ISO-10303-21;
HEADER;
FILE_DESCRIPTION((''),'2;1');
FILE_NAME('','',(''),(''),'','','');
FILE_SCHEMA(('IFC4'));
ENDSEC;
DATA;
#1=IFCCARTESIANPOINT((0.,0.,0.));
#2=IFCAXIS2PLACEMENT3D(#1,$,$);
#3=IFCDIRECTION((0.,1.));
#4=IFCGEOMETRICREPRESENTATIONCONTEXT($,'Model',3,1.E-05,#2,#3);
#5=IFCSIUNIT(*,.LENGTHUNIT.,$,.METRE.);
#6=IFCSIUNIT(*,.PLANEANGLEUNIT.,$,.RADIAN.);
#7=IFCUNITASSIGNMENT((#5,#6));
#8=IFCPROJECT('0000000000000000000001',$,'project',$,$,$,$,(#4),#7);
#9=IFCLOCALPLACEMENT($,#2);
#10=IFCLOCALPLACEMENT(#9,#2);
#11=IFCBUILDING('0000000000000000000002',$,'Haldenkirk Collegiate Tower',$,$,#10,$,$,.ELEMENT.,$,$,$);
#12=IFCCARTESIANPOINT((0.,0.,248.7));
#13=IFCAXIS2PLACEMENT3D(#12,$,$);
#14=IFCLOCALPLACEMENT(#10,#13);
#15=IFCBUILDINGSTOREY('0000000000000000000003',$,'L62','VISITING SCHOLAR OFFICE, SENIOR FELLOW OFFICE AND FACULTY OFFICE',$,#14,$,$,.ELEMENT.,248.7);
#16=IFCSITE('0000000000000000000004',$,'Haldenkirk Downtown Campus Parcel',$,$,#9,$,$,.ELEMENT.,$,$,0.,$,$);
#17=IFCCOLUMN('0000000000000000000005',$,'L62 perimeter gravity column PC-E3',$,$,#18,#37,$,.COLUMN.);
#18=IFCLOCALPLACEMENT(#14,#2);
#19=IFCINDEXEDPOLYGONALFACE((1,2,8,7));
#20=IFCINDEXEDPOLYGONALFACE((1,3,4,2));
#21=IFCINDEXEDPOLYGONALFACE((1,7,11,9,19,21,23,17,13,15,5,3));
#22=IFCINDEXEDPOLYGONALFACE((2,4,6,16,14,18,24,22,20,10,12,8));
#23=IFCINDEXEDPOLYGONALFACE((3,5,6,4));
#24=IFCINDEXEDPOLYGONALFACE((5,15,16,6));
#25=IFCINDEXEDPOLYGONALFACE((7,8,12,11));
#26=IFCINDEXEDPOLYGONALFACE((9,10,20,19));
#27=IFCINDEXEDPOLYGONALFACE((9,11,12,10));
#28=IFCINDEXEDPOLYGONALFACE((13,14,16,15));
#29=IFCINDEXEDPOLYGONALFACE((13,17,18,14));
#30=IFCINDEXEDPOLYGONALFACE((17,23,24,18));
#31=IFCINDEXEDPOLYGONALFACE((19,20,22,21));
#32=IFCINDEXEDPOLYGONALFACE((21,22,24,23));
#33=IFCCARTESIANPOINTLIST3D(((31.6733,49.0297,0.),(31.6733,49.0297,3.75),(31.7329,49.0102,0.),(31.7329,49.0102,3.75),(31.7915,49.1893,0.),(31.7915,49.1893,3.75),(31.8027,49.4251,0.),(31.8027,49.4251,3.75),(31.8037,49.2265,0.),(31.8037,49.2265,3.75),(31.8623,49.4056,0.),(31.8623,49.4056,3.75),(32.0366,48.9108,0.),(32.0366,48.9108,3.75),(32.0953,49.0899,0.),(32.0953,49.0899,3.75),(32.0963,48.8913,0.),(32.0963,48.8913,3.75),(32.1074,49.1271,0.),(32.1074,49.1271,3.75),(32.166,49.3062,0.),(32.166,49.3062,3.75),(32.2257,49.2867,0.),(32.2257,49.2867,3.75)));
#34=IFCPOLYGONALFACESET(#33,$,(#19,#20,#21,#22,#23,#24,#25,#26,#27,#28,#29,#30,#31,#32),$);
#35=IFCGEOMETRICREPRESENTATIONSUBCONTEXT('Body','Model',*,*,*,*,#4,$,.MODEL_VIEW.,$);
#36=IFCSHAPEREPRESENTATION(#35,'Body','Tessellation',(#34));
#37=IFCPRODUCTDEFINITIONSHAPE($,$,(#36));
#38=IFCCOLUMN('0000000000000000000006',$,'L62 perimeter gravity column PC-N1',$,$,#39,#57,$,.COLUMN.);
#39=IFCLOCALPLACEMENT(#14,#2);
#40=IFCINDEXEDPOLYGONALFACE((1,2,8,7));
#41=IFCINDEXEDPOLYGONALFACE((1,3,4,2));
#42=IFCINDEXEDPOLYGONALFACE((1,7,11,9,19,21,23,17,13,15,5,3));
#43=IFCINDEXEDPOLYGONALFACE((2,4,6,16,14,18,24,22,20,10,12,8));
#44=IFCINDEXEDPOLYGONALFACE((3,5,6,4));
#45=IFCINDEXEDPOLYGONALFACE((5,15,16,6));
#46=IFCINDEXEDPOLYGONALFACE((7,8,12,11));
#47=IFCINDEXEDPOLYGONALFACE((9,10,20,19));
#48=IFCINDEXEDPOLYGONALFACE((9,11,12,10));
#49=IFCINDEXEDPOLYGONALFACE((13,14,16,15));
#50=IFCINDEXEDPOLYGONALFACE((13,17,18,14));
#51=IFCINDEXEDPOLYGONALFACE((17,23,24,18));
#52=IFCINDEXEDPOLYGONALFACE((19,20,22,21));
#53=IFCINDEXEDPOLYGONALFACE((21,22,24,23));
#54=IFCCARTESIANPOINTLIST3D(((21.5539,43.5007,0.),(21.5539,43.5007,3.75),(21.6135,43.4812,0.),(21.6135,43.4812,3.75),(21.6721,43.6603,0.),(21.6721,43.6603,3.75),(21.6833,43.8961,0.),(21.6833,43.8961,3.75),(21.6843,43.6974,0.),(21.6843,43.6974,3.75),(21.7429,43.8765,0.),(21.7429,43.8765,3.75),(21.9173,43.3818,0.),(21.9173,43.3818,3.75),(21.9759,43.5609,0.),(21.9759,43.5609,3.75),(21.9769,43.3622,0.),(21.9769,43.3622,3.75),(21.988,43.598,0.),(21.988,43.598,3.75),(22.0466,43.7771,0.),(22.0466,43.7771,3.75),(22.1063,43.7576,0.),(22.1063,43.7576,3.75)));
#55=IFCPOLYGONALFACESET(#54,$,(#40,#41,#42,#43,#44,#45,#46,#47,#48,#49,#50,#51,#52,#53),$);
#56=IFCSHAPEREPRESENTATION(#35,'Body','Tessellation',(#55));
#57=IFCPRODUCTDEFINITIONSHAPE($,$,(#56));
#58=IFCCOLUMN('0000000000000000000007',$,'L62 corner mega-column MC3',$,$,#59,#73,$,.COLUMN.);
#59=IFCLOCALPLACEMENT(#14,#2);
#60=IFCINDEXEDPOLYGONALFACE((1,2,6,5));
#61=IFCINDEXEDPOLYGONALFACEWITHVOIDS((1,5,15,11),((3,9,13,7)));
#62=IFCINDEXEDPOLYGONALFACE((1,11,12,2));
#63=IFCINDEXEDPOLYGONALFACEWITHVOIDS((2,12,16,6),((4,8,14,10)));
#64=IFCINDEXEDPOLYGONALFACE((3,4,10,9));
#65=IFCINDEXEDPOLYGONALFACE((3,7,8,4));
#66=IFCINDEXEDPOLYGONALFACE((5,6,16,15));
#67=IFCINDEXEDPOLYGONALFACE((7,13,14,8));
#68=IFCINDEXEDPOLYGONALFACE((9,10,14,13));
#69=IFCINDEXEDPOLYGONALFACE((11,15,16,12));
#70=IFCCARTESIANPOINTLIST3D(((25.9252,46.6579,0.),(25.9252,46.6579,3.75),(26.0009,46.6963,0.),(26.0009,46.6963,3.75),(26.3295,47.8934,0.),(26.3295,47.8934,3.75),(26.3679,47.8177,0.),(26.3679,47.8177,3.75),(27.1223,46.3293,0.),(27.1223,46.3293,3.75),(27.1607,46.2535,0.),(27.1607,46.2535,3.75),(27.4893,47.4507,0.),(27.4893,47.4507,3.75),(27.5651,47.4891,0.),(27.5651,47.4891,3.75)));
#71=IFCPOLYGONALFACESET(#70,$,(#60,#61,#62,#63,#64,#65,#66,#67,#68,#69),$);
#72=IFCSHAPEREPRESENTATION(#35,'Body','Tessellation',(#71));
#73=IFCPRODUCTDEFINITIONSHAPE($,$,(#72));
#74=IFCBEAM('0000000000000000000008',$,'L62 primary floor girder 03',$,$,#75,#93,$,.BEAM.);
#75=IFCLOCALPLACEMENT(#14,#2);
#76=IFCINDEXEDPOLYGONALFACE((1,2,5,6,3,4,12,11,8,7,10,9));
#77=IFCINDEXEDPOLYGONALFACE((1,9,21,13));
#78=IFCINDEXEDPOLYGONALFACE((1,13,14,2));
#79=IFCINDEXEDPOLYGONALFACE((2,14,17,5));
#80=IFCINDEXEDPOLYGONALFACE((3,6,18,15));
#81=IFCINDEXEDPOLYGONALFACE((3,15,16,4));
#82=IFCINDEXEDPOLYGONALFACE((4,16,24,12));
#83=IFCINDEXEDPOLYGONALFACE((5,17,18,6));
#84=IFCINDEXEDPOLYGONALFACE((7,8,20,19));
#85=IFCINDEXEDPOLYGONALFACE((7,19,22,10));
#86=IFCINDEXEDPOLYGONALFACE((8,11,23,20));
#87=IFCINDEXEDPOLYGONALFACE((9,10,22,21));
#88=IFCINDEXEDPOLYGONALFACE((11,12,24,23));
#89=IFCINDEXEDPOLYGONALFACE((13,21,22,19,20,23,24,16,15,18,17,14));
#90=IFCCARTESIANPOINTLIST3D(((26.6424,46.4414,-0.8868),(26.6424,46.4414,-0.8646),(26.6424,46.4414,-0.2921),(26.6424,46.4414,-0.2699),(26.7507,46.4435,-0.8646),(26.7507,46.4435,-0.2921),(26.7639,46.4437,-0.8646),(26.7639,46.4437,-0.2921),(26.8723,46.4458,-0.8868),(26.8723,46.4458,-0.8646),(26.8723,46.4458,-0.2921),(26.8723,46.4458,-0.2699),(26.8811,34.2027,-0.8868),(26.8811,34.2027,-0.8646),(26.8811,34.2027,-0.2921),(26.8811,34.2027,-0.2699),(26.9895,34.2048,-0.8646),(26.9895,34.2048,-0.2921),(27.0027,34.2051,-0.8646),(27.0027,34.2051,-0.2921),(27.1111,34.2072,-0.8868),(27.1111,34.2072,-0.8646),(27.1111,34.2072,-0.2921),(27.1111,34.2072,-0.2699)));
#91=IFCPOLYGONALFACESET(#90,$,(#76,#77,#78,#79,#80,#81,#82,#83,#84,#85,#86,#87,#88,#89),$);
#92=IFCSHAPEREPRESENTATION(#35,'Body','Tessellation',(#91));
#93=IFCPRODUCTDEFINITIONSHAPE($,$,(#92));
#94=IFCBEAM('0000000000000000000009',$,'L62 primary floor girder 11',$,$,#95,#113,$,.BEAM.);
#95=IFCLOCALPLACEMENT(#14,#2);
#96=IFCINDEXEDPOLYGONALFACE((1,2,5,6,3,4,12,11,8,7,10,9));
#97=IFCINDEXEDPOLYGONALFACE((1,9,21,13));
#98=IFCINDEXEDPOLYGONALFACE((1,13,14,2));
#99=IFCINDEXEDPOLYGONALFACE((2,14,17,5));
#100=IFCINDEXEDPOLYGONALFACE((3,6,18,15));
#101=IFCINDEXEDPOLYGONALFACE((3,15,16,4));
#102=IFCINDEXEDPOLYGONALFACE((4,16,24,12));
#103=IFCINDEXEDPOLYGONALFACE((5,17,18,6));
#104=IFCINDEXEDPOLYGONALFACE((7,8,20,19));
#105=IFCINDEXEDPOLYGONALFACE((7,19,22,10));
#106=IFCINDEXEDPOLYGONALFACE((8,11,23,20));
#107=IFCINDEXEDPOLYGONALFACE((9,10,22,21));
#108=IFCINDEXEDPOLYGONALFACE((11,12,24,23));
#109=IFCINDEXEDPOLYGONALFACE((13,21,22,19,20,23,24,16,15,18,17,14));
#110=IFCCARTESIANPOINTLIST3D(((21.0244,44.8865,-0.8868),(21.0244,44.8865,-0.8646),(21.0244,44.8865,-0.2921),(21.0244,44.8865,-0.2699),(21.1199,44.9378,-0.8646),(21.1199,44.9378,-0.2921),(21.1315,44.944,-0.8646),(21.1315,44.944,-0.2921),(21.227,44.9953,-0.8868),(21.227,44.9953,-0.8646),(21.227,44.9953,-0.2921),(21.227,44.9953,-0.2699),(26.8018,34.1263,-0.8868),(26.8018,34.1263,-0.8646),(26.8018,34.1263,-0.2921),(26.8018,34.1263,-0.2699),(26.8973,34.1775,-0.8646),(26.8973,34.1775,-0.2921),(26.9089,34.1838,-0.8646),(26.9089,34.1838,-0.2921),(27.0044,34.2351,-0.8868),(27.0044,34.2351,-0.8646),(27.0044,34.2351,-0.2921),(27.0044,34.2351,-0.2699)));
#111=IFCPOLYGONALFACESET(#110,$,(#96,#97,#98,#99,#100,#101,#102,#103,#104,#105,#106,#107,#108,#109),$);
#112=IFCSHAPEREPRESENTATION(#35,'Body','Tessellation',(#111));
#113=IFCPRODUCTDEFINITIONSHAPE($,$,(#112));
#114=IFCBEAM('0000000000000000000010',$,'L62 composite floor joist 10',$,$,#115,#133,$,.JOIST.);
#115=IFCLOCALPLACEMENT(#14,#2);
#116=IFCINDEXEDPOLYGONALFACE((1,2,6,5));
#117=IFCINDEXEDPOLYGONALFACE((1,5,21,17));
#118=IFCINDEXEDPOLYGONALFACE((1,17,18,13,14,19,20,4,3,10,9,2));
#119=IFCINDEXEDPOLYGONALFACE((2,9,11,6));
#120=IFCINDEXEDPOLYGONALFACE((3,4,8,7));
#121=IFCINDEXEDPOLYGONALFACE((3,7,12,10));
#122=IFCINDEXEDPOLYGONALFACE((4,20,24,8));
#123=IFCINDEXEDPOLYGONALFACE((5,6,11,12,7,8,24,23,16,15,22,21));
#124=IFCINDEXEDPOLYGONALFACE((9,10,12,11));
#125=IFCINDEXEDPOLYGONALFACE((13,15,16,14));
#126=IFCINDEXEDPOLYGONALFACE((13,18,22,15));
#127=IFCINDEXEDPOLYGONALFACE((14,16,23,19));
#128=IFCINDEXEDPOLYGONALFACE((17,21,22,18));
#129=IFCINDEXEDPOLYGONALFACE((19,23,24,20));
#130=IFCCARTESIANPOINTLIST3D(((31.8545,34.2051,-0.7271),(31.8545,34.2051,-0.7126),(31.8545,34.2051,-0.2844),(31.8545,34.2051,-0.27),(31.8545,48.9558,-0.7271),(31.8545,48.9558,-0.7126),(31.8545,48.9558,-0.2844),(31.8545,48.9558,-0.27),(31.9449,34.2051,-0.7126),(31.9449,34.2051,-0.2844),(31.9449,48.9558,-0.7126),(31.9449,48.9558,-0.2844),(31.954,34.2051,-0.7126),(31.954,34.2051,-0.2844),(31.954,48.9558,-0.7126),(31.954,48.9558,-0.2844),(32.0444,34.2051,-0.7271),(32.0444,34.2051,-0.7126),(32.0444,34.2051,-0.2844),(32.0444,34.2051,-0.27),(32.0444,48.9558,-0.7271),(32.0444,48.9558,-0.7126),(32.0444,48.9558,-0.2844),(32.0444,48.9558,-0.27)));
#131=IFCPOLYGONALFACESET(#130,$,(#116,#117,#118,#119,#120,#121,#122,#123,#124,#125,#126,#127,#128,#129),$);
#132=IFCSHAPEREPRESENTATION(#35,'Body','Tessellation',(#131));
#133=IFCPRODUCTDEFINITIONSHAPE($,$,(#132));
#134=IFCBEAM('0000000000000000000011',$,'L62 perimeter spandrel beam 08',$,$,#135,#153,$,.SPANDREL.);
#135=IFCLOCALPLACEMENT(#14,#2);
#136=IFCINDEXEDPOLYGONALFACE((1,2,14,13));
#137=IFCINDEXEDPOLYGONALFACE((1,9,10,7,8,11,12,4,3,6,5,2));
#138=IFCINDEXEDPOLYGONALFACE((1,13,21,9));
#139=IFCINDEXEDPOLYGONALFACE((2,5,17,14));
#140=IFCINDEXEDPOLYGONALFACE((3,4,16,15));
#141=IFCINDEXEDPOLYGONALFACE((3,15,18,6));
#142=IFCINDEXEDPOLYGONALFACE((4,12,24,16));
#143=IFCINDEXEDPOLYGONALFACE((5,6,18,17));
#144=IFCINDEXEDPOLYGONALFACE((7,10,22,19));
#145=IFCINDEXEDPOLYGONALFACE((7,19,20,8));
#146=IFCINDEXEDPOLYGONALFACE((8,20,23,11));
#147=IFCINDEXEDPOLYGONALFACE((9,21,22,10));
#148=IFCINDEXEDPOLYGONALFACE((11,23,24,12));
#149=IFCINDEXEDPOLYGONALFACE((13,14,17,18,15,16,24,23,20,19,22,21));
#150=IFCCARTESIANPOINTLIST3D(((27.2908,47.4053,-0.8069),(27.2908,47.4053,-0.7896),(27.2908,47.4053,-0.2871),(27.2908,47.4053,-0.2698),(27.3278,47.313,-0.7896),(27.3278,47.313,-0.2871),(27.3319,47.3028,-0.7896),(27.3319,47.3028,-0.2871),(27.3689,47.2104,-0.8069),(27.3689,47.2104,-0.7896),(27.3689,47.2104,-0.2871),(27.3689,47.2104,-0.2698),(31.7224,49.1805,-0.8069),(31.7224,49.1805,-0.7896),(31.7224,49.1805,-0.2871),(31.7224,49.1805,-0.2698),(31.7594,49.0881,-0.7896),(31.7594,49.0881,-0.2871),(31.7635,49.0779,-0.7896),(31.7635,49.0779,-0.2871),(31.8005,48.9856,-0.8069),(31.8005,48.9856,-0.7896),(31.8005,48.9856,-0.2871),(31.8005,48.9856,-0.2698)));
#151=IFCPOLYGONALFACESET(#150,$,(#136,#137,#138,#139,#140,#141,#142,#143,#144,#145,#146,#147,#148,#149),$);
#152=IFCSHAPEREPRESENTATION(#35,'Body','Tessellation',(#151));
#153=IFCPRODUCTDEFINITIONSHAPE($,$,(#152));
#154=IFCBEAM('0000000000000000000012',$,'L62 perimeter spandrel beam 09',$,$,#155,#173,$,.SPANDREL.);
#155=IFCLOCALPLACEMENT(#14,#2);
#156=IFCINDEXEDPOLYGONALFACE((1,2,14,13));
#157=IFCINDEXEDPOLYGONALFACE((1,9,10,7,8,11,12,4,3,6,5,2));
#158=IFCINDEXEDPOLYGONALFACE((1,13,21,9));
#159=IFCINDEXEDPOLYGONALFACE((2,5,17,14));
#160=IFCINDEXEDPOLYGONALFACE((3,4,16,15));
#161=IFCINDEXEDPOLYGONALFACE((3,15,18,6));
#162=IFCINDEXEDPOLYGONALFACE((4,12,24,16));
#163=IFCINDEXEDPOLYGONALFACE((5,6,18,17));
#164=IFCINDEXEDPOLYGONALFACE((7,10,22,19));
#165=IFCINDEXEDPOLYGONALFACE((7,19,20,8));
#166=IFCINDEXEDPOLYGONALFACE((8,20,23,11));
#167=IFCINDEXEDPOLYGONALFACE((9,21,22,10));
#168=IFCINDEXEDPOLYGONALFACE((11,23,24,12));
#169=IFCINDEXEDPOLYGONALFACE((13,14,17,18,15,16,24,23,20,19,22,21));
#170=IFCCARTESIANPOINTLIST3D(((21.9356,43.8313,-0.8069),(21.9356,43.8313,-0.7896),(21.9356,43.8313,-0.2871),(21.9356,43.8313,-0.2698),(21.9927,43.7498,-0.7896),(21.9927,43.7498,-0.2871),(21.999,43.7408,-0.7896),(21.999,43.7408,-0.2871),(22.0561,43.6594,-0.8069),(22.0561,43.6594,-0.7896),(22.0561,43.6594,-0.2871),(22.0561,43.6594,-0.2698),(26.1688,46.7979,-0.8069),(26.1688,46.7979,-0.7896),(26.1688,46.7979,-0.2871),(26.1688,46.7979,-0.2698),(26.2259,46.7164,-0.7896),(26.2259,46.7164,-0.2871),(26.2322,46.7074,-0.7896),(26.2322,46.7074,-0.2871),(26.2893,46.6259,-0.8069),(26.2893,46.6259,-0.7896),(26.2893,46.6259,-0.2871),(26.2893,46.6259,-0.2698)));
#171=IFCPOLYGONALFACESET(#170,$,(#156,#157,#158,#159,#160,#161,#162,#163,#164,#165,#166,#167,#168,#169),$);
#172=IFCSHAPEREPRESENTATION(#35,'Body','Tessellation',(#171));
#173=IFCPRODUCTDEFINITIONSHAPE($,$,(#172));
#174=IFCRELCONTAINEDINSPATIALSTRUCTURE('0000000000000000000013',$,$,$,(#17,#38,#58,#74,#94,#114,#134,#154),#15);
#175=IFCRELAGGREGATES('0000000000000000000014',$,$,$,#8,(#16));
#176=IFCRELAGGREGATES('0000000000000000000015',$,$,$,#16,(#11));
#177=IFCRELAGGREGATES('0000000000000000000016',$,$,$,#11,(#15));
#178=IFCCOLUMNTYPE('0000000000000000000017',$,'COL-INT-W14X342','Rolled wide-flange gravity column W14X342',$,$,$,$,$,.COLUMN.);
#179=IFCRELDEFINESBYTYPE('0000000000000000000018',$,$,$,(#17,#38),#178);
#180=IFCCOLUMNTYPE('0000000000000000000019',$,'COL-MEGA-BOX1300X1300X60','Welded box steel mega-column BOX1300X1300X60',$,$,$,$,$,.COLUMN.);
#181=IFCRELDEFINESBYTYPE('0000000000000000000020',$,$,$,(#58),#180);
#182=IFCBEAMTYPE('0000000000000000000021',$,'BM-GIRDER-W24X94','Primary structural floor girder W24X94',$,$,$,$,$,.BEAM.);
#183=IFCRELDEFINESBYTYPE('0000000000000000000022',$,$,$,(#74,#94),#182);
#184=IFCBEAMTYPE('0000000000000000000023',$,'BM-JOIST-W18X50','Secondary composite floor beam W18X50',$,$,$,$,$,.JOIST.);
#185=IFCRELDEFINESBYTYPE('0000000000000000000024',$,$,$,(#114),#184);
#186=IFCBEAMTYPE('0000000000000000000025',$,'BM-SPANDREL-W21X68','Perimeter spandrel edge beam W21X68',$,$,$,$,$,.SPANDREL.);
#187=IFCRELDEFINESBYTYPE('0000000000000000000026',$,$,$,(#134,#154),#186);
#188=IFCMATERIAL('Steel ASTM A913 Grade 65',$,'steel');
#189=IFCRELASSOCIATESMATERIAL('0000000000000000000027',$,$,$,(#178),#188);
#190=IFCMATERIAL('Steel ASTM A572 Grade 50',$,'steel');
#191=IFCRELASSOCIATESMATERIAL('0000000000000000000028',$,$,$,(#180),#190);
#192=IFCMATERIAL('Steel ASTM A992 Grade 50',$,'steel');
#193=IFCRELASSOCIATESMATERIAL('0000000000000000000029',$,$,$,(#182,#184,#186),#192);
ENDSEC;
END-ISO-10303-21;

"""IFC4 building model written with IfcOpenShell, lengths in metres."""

from ifc_helpers import new_model, si_unit, direction, frame, origin, origin_2d, place, context, subcontext, project, spatial, hollow_rectangle, i_section, extrude, material, material_profile, profile_set, type_object, element, save


model = new_model("IFC4")

# Units and contexts
model_context = context("Model", 3, precision=1e-05, world=origin(), true_north=direction((0.0, 1.0)))
body_context = subcontext(model_context, "Body", "Model", "MODEL_VIEW")
ifc_project = project(units=[si_unit("LENGTHUNIT", "METRE"), si_unit("PLANEANGLEUNIT", "RADIAN")], contexts=[model_context])

# Site, building, storey
site_placement = place(None, origin())
site = spatial("IfcSite", under=ifc_project, at=site_placement, Name="Haldenkirk Downtown Campus Parcel", CompositionType="ELEMENT", RefElevation=0.0)
building_placement = place(site_placement, origin())
building = spatial("IfcBuilding", under=site, at=building_placement, Name="Haldenkirk Collegiate Tower", CompositionType="ELEMENT")
storey_placement = place(building_placement, frame((0.0, 0.0, 248.7)))
storey = spatial("IfcBuildingStorey", under=building, at=storey_placement, Name="L62", Description="VISITING SCHOLAR OFFICE, SENIOR FELLOW OFFICE AND FACULTY OFFICE", CompositionType="ELEMENT", Elevation=248.7)

# Columns
ifc_material_1 = material(Name="Steel ASTM A913 Grade 65", Category="steel")
ifc_material_profile_1 = material_profile(ifc_material_1, i_section(OverallWidth=0.416, OverallDepth=0.4451, WebThickness=0.0391, FlangeThickness=0.0627, at=origin_2d()), Name="W14X342")
ifc_profile_set_1 = profile_set([ifc_material_profile_1], Name="Steel ASTM A913 Grade 65")
column_type_1 = type_object("IfcColumnType", Name="COL-INT-W14X342", Description="Rolled wide-flange gravity column W14X342", PredefinedType="COLUMN", material=ifc_profile_set_1)
for number, where, z_axis, x_axis, name in (
    (1, (31.9495, 49.1582, 0.0), (0.0, 0.0, 1.0), (0.311008, 0.950407, 0.0), "L62 perimeter gravity column PC-E3"),
    (2, (21.8301, 43.6292, 0.0), (0.0, 0.0, 1.0), (0.311008, 0.950407, 0.0), "L62 perimeter gravity column PC-N1"),
):
    element("IfcColumn", number, at=place(storey_placement, frame(where, z_axis=z_axis, x_axis=x_axis)), inside=storey, type_object=column_type_1, Name=name, PredefinedType="COLUMN", context=body_context, shape_type="SweptSolid", body=[
        extrude(i_section(OverallWidth=0.416, OverallDepth=0.4451, WebThickness=0.0391, FlangeThickness=0.0627, at=origin_2d()), origin(), (0.0, 0.0, 1.0), 3.75),
    ])
ifc_material_2 = material(Name="Steel ASTM A572 Grade 50", Category="steel")
ifc_material_profile_2 = material_profile(ifc_material_2, hollow_rectangle(XDim=1.3, YDim=1.3, WallThickness=0.0601, at=origin_2d()), Name="BOX1300X1300X60")
ifc_profile_set_2 = profile_set([ifc_material_profile_2], Name="Steel ASTM A572 Grade 50")
column_type_2 = type_object("IfcColumnType", Name="COL-MEGA-BOX1300X1300X60", Description="Welded box steel mega-column BOX1300X1300X60", PredefinedType="COLUMN", material=ifc_profile_set_2)
column_placement = place(storey_placement, frame((26.7451, 47.0735, 0.0), z_axis=(0.0, 0.0, 1.0), x_axis=(0.311008, 0.950407, 0.0)))
element("IfcColumn", 3, at=column_placement, inside=storey, type_object=column_type_2, Name="L62 corner mega-column MC3", PredefinedType="COLUMN", context=body_context, shape_type="SweptSolid", body=[
    extrude(hollow_rectangle(XDim=1.3, YDim=1.3, WallThickness=0.0601, at=origin_2d()), origin(), (0.0, 0.0, 1.0), 3.75),
])

# Beams
ifc_material_3 = material(Name="Steel ASTM A992 Grade 50", Category="steel")
ifc_material_profile_3 = material_profile(ifc_material_3, i_section(OverallWidth=0.23, OverallDepth=0.6169, WebThickness=0.0132, FlangeThickness=0.0222, at=origin_2d()), Name="W24X94")
ifc_profile_set_3 = profile_set([ifc_material_profile_3], Name="Steel ASTM A992 Grade 50")
beam_type_1 = type_object("IfcBeamType", Name="BM-GIRDER-W24X94", Description="Primary structural floor girder W24X94", PredefinedType="BEAM", material=ifc_profile_set_3)
beam_1_placement = place(storey_placement, frame((26.7573, 46.4436, -0.5784), z_axis=(0.019506, -0.99981, 0.0), x_axis=(0.99981, 0.019506, 0.0)))
element("IfcBeam", 4, at=beam_1_placement, inside=storey, type_object=beam_type_1, Name="L62 primary floor girder 03", PredefinedType="BEAM", context=body_context, shape_type="SweptSolid", body=[
    extrude(i_section(OverallWidth=0.23, OverallDepth=0.6169, WebThickness=0.0132, FlangeThickness=0.0222, at=origin_2d()), origin(), (0.0, 0.0, 1.0), 12.241),
])
beam_2_placement = place(storey_placement, frame((21.1257, 44.9409, -0.5784), z_axis=(0.473043, -0.881039, 0.0), x_axis=(0.881039, 0.473043, 0.0)))
element("IfcBeam", 5, at=beam_2_placement, inside=storey, type_object=beam_type_1, Name="L62 primary floor girder 11", PredefinedType="BEAM", context=body_context, shape_type="SweptSolid", body=[
    extrude(i_section(OverallWidth=0.23, OverallDepth=0.6169, WebThickness=0.0132, FlangeThickness=0.0222, at=origin_2d()), origin(), (0.0, 0.0, 1.0), 12.2131),
])
ifc_material_profile_4 = material_profile(ifc_material_3, i_section(OverallWidth=0.1899, OverallDepth=0.457, WebThickness=0.009, FlangeThickness=0.0144, at=origin_2d()), Name="W18X50")
ifc_profile_set_4 = profile_set([ifc_material_profile_4], Name="Steel ASTM A992 Grade 50")
beam_type_2 = type_object("IfcBeamType", Name="BM-JOIST-W18X50", Description="Secondary composite floor beam W18X50", PredefinedType="JOIST", material=ifc_profile_set_4)
beam_3_placement = place(storey_placement, frame((31.9495, 48.9558, -0.4985), z_axis=(0.0, -1.0, 0.0), x_axis=(1.0, 0.0, 0.0)))
element("IfcBeam", 6, at=beam_3_placement, inside=storey, type_object=beam_type_2, Name="L62 composite floor joist 10", PredefinedType="JOIST", context=body_context, shape_type="SweptSolid", body=[
    extrude(i_section(OverallWidth=0.1899, OverallDepth=0.457, WebThickness=0.009, FlangeThickness=0.0144, at=origin_2d()), origin(), (0.0, 0.0, 1.0), 14.7507),
])
ifc_material_profile_5 = material_profile(ifc_material_3, i_section(OverallWidth=0.21, OverallDepth=0.5371, WebThickness=0.011, FlangeThickness=0.0173, at=origin_2d()), Name="W21X68")
ifc_profile_set_5 = profile_set([ifc_material_profile_5], Name="Steel ASTM A992 Grade 50")
beam_type_3 = type_object("IfcBeamType", Name="BM-SPANDREL-W21X68", Description="Perimeter spandrel edge beam W21X68", PredefinedType="SPANDREL", material=ifc_profile_set_5)
beam_4_placement = place(storey_placement, frame((31.7615, 49.083, -0.5383), z_axis=(-0.928297, -0.37184, 0.0), x_axis=(0.37184, -0.928297, 0.0)))
element("IfcBeam", 7, at=beam_4_placement, inside=storey, type_object=beam_type_3, Name="L62 perimeter spandrel beam 08", PredefinedType="SPANDREL", context=body_context, shape_type="SweptSolid", body=[
    extrude(i_section(OverallWidth=0.21, OverallDepth=0.5371, WebThickness=0.011, FlangeThickness=0.0173, at=origin_2d()), origin(), (0.0, 0.0, 1.0), 4.7739),
])
beam_5_placement = place(storey_placement, frame((26.229, 46.7119, -0.5383), z_axis=(-0.818928, -0.573897, 0.0), x_axis=(0.573897, -0.818928, 0.0)))
element("IfcBeam", 8, at=beam_5_placement, inside=storey, type_object=beam_type_3, Name="L62 perimeter spandrel beam 09", PredefinedType="SPANDREL", context=body_context, shape_type="SweptSolid", body=[
    extrude(i_section(OverallWidth=0.21, OverallDepth=0.5371, WebThickness=0.011, FlangeThickness=0.0173, at=origin_2d()), origin(), (0.0, 0.0, 1.0), 5.1692),
])

save(model, "model.ifc")
